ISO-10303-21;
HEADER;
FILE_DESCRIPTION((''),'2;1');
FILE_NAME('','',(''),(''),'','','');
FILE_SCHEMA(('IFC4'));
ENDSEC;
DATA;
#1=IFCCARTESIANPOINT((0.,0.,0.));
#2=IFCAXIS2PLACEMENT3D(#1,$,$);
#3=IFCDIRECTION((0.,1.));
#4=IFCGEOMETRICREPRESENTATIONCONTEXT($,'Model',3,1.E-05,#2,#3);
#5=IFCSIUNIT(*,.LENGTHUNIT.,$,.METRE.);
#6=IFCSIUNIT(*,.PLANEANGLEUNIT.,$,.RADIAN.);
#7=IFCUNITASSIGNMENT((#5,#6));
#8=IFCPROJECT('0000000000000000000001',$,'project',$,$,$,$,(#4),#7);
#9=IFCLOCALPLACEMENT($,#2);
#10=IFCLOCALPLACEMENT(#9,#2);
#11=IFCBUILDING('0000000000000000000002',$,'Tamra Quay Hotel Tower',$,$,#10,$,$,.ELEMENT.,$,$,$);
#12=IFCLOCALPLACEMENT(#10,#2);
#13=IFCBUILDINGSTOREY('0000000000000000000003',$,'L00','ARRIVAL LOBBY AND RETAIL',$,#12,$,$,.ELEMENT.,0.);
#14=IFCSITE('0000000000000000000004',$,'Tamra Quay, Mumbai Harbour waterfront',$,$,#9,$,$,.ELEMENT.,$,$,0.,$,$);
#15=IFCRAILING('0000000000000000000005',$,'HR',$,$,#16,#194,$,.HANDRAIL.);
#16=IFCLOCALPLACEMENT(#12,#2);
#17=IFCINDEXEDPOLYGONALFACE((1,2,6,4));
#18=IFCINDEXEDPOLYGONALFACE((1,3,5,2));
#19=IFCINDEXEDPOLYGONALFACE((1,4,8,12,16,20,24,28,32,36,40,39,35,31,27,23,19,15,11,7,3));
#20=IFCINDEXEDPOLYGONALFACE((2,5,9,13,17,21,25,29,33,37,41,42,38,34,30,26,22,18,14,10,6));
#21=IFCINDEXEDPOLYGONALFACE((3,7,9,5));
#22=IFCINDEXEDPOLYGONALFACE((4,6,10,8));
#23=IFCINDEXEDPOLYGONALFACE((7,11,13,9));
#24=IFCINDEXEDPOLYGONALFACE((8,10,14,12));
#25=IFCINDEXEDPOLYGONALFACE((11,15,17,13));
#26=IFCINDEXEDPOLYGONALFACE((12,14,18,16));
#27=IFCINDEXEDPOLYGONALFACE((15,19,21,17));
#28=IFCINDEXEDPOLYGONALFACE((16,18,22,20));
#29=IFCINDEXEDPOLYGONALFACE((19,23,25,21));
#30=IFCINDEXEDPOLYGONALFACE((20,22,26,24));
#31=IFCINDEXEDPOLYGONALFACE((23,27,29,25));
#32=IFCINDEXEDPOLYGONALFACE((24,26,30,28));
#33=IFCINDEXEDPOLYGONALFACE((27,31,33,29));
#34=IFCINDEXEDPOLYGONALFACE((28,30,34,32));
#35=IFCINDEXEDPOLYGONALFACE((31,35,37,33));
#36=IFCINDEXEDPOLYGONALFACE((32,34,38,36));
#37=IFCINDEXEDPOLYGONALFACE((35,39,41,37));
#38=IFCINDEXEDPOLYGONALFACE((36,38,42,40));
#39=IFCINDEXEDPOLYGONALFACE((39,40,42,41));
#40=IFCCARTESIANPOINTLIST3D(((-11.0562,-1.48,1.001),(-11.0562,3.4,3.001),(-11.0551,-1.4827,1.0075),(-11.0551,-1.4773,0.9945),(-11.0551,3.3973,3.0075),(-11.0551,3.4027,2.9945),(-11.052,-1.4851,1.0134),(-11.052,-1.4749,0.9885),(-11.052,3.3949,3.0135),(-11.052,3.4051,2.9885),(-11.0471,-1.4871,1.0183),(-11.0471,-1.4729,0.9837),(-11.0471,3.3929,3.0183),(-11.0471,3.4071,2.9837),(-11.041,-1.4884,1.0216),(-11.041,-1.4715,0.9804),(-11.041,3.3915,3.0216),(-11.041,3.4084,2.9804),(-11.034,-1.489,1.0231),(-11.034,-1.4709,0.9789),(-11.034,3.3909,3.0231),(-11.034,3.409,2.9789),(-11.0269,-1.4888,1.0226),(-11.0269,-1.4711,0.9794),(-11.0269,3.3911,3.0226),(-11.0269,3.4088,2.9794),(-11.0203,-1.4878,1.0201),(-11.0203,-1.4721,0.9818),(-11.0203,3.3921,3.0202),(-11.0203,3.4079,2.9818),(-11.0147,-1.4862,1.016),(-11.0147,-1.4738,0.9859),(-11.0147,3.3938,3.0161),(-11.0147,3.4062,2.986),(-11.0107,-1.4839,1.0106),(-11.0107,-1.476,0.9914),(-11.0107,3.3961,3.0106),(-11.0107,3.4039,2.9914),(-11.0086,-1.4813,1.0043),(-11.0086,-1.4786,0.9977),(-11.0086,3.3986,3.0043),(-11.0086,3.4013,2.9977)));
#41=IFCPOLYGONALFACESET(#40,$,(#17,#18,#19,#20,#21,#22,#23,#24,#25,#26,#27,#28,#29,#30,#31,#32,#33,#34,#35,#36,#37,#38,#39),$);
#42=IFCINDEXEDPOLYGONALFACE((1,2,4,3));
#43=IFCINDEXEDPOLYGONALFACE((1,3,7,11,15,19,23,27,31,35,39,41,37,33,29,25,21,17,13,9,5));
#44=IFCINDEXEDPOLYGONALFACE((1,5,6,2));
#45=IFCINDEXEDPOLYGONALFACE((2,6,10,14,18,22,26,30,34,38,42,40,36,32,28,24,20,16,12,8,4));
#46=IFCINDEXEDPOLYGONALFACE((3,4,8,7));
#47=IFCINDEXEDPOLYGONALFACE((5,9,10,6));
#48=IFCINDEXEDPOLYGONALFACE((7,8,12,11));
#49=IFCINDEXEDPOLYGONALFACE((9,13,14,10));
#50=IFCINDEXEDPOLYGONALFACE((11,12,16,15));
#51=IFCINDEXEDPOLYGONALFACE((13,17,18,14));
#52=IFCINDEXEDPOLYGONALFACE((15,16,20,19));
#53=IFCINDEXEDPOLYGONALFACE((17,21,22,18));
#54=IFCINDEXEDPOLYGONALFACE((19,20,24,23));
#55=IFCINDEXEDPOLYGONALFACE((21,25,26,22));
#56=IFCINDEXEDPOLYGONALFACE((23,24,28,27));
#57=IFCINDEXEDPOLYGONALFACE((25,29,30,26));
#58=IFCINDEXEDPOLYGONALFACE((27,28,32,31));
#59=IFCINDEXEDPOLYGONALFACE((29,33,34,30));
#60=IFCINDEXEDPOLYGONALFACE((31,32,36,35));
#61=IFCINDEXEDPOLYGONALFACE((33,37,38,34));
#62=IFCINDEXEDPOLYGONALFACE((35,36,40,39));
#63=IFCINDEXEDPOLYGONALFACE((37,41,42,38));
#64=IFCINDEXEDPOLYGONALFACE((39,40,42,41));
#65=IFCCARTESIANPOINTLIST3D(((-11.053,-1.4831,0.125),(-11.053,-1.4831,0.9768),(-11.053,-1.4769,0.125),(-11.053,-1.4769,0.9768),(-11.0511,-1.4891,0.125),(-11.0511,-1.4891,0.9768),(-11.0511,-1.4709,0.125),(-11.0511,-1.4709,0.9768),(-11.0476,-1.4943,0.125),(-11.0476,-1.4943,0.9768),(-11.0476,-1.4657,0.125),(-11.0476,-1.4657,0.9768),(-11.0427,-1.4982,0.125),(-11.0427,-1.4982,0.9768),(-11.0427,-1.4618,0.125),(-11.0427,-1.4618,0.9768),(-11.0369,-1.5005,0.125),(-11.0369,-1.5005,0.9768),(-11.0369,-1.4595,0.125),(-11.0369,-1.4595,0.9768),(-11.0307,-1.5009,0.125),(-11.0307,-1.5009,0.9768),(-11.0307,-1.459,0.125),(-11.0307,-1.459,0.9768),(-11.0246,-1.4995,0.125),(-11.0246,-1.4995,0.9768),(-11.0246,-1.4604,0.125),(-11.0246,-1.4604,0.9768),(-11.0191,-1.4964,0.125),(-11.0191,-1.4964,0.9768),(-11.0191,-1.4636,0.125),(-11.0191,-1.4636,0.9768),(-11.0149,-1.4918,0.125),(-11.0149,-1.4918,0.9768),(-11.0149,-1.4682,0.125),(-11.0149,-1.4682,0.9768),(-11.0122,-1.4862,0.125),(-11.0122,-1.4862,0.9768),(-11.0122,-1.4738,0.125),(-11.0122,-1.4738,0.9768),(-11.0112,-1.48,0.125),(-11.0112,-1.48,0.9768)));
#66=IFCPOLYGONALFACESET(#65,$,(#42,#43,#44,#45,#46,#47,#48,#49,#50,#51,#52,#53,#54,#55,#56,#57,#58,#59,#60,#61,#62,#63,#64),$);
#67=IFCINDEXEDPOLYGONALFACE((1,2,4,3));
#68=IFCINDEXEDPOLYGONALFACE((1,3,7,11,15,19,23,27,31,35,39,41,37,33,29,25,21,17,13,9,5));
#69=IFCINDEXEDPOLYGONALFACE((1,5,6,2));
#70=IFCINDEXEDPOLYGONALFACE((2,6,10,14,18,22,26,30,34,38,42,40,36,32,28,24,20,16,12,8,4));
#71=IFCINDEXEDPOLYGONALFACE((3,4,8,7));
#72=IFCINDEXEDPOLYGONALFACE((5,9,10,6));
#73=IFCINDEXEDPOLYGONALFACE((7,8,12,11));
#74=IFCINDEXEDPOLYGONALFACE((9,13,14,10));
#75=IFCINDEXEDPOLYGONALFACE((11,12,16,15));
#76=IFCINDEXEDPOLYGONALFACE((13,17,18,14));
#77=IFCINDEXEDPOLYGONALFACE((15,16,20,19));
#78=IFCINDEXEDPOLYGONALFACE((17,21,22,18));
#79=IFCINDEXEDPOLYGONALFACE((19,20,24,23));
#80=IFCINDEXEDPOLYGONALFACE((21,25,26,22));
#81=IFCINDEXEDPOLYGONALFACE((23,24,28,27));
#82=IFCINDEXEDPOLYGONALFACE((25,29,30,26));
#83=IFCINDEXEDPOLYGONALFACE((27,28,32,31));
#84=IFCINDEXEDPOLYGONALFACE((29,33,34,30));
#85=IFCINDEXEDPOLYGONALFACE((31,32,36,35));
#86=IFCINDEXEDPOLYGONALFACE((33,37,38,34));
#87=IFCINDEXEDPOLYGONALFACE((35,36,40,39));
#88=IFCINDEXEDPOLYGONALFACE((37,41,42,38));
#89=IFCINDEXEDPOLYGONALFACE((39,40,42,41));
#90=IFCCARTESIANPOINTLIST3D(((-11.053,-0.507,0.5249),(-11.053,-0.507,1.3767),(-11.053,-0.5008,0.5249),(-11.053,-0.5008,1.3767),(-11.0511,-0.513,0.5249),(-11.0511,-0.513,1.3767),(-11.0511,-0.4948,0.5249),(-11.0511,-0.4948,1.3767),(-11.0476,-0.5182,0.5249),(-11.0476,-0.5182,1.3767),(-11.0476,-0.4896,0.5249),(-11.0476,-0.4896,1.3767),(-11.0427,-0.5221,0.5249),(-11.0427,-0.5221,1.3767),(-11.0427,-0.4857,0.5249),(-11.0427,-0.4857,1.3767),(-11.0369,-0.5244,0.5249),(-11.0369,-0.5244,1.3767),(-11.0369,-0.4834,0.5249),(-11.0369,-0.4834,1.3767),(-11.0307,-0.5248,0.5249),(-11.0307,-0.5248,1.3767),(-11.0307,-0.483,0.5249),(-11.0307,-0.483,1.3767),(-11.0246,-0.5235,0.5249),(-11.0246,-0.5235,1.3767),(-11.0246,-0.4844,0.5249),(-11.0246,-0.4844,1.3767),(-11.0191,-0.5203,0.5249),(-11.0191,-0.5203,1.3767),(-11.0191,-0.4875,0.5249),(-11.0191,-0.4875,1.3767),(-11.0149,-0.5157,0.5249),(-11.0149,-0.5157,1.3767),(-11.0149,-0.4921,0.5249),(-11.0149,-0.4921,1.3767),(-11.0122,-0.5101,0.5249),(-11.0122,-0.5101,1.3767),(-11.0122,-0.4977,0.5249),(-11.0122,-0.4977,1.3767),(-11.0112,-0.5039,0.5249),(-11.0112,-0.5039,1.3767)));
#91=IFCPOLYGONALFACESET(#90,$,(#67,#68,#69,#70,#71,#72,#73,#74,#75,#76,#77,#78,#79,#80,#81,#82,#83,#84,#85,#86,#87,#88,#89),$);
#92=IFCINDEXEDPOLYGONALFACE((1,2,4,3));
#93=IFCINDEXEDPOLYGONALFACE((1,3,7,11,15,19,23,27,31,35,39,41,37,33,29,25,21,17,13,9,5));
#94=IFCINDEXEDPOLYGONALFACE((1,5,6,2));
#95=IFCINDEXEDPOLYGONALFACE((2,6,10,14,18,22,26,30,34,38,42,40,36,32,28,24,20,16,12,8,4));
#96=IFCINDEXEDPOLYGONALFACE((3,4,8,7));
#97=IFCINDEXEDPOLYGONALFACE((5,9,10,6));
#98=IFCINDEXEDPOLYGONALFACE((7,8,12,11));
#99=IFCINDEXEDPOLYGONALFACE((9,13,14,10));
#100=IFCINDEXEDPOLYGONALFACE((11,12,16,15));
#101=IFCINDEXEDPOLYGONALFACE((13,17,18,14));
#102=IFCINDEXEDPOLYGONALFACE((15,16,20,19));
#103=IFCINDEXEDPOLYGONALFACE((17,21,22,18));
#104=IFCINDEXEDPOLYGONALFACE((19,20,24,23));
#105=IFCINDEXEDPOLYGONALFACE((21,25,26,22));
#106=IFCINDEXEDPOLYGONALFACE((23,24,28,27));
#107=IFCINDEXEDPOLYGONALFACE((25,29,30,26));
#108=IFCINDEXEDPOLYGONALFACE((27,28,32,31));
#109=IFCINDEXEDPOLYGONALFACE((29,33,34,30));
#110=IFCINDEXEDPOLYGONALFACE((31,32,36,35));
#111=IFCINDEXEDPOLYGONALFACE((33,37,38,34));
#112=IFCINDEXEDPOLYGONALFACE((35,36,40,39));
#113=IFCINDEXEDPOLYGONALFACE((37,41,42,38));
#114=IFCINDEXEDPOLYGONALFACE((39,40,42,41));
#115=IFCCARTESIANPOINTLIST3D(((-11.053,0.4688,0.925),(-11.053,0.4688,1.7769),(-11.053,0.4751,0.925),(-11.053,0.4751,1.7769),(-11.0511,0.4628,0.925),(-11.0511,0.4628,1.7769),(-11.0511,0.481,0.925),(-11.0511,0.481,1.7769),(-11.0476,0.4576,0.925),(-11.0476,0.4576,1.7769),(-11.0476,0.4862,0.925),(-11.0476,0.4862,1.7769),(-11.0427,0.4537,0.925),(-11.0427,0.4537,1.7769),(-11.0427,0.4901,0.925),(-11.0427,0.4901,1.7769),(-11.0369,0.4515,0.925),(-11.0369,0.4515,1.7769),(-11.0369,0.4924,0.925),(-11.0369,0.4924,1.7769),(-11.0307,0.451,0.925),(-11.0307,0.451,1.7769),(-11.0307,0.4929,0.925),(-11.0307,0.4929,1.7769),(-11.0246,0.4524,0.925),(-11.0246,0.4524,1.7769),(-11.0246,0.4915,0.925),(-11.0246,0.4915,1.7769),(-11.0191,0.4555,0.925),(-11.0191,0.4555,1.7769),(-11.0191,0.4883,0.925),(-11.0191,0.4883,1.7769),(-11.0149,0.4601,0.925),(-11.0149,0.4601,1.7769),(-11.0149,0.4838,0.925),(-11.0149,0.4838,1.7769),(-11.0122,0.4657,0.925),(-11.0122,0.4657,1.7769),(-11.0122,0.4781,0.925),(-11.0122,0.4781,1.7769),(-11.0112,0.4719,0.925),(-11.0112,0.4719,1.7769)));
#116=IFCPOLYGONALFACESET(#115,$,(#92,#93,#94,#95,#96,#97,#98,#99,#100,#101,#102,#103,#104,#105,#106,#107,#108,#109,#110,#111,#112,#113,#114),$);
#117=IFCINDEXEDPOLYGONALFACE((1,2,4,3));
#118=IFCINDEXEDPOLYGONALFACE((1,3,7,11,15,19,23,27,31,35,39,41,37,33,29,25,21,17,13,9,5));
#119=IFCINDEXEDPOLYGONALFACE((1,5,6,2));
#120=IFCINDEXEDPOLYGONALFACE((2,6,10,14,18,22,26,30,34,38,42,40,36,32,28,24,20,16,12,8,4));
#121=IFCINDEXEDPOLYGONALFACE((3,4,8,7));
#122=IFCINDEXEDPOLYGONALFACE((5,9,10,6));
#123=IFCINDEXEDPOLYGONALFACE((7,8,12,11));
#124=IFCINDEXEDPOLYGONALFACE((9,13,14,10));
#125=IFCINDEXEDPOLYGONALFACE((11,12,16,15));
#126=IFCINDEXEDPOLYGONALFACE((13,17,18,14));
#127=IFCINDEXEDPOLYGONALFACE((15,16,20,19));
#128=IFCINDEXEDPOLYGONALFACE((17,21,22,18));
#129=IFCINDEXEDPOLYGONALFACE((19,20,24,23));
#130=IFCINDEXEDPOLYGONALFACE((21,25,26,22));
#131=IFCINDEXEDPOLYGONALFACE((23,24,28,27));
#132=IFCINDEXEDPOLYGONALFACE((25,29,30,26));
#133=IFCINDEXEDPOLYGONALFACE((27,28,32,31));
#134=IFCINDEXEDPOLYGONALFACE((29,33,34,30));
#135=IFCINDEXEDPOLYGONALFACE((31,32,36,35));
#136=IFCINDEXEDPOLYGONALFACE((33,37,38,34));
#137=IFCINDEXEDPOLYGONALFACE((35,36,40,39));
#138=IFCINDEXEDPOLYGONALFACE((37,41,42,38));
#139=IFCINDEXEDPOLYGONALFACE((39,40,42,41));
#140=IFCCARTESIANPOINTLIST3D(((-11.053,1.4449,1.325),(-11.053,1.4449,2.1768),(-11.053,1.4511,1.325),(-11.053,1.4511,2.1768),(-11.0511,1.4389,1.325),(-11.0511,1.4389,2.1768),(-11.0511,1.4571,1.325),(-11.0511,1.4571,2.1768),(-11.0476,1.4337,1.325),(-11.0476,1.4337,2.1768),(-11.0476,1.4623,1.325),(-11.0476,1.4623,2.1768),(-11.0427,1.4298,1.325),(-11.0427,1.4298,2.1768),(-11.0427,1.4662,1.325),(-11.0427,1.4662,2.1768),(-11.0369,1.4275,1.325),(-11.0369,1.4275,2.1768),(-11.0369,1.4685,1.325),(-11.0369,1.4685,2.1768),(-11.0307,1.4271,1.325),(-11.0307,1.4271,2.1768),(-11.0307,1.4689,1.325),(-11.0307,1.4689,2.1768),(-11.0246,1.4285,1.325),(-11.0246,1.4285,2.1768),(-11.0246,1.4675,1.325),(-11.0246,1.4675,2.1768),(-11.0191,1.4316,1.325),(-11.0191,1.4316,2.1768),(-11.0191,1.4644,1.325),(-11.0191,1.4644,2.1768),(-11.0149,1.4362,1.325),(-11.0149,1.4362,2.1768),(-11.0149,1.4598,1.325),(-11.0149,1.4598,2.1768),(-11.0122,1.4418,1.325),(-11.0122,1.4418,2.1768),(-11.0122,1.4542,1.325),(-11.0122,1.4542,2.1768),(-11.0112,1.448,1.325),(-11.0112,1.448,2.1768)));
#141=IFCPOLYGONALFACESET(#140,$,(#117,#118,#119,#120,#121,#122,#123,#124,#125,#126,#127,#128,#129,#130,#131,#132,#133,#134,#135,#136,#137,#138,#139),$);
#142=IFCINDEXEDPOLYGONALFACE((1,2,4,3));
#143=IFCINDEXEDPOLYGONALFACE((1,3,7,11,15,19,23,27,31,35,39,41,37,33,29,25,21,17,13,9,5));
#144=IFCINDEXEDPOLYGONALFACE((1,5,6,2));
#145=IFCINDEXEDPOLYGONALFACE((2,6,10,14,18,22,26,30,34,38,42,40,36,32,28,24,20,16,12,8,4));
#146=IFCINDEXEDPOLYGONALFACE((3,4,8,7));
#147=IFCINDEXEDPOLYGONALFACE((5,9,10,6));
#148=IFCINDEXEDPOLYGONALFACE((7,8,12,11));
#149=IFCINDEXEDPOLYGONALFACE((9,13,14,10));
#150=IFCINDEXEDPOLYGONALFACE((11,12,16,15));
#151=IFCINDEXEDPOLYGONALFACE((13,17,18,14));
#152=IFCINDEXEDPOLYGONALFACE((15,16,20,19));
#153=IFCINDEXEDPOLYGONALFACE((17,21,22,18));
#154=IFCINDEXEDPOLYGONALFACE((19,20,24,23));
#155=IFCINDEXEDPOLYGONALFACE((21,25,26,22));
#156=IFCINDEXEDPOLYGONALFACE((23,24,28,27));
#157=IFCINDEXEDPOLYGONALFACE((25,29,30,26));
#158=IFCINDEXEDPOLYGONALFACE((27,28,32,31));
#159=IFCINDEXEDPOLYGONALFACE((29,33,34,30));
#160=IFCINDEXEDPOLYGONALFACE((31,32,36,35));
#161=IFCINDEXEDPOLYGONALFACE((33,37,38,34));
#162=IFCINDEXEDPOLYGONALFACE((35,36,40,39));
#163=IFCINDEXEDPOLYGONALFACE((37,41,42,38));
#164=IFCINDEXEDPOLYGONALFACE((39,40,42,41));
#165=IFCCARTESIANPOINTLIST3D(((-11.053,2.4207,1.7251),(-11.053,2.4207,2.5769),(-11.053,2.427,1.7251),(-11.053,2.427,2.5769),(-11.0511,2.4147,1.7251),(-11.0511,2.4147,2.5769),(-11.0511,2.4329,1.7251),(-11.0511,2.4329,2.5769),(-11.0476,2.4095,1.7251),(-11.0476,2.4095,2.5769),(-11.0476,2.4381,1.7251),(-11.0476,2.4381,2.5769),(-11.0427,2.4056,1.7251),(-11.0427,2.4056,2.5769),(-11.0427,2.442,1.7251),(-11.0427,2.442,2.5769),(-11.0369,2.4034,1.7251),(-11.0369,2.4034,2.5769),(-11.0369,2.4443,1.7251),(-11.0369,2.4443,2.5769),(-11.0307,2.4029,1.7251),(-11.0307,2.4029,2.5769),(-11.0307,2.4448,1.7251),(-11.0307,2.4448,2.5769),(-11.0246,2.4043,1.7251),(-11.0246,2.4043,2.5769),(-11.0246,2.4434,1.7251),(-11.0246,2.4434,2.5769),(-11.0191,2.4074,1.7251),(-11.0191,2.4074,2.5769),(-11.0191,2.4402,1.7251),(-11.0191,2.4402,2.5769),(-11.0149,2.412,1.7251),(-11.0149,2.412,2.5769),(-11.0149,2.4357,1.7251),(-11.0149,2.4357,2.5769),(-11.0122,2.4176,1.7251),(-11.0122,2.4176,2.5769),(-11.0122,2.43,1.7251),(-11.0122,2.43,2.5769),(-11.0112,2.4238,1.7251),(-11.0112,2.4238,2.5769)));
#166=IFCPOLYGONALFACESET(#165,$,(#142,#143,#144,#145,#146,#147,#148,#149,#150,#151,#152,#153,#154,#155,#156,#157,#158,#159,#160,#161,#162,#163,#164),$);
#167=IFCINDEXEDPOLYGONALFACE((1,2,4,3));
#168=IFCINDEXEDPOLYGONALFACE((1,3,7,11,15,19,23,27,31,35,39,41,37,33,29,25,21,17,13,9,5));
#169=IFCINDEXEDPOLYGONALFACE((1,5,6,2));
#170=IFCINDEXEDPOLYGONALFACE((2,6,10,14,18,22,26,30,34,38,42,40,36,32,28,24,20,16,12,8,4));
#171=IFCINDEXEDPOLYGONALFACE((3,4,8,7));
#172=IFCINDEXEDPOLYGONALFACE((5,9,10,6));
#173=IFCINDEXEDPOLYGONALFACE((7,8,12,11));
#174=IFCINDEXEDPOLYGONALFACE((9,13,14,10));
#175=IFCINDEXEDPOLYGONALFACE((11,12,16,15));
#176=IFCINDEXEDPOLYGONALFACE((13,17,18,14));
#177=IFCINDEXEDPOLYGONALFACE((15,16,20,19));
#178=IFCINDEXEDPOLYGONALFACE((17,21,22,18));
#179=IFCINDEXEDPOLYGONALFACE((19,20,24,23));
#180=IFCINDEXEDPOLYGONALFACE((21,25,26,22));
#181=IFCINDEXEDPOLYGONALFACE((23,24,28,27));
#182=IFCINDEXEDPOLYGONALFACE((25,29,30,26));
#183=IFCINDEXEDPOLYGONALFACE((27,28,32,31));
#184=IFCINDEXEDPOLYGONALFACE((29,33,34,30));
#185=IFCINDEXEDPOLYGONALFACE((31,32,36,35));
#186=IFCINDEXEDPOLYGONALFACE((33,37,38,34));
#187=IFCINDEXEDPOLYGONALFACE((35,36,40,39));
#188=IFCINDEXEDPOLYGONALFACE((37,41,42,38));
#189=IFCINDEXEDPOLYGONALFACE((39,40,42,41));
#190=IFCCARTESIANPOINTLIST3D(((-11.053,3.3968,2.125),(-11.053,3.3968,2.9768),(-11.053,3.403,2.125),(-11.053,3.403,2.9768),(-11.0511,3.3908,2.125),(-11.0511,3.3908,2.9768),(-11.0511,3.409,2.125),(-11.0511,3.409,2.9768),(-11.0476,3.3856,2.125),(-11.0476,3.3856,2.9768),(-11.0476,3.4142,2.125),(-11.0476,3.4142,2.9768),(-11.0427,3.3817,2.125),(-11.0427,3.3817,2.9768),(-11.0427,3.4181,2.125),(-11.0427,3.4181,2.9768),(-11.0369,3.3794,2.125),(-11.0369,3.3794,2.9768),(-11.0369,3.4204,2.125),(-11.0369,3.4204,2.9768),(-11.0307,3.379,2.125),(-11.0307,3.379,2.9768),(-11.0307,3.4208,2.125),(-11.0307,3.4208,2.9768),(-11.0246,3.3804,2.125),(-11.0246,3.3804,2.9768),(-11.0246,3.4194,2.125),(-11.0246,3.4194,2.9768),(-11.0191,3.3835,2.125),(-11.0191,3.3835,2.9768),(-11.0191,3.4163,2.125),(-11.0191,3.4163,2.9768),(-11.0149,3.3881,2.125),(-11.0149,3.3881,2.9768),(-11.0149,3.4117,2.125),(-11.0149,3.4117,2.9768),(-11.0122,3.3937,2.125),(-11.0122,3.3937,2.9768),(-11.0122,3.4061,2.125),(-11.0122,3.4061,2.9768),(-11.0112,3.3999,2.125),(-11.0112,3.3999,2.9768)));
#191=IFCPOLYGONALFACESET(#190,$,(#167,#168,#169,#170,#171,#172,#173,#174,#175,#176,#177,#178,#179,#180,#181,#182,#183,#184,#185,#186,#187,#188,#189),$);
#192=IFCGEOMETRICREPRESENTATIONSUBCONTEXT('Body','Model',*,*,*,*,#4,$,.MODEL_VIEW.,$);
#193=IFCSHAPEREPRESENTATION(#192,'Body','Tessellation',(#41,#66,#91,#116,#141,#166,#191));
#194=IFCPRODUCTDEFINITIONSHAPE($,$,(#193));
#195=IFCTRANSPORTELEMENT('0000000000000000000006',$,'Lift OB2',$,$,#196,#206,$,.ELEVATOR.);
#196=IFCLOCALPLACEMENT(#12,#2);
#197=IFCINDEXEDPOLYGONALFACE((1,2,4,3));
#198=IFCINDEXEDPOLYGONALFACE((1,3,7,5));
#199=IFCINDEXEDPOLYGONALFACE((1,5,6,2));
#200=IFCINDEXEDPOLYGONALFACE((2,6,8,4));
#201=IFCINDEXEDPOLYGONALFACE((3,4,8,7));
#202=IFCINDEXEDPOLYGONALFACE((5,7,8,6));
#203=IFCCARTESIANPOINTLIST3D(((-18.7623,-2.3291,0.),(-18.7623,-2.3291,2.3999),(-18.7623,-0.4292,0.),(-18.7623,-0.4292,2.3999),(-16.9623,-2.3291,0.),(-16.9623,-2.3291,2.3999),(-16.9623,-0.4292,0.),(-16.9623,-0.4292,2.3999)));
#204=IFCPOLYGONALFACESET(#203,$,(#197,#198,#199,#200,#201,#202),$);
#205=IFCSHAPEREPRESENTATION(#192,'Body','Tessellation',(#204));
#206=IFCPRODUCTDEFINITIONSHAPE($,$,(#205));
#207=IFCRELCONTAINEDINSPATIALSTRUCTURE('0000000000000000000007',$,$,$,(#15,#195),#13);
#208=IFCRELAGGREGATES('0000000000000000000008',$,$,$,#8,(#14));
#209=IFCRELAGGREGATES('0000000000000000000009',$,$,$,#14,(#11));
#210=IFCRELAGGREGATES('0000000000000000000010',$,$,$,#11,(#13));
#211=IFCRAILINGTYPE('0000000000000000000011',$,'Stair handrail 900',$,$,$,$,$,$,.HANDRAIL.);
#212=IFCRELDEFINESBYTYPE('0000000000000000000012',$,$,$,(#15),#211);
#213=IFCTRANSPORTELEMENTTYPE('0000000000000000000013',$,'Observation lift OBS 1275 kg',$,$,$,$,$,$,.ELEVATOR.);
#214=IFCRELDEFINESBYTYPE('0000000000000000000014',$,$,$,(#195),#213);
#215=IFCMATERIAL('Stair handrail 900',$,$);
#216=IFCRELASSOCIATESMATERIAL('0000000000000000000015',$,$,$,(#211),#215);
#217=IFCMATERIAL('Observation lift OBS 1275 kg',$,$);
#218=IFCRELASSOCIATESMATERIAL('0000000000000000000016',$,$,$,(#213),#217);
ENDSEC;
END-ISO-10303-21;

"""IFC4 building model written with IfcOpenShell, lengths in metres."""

from ifc_helpers import new_model, si_unit, direction, frame, origin, origin_2d, place, context, subcontext, project, spatial, rectangle, circle, extrude, material, type_object, element, save


model = new_model("IFC4")

# Units and contexts
model_context = context("Model", 3, precision=1e-05, world=origin(), true_north=direction((0.0, 1.0)))
body_context = subcontext(model_context, "Body", "Model", "MODEL_VIEW")
ifc_project = project(units=[si_unit("LENGTHUNIT", "METRE"), si_unit("PLANEANGLEUNIT", "RADIAN")], contexts=[model_context])

# Site, building, storey
site_placement = place(None, origin())
site = spatial("IfcSite", under=ifc_project, at=site_placement, Name="Tamra Quay, Mumbai Harbour waterfront", CompositionType="ELEMENT", RefElevation=0.0)
building_placement = place(site_placement, origin())
building = spatial("IfcBuilding", under=site, at=building_placement, Name="Tamra Quay Hotel Tower", CompositionType="ELEMENT")
storey_placement = place(building_placement, origin())
storey = spatial("IfcBuildingStorey", under=building, at=storey_placement, Name="L00", Description="ARRIVAL LOBBY AND RETAIL", CompositionType="ELEMENT", Elevation=0.0)

# Railing
ifc_material_1 = material(Name="Stair handrail 900")
railing_type_1 = type_object("IfcRailingType", Name="Stair handrail 900", PredefinedType="HANDRAIL", material=ifc_material_1)
railing_1_placement = place(storey_placement, frame((-11.0322, -1.48, 0.125)))
element("IfcRailing", 1, at=railing_1_placement, inside=storey, type_object=railing_type_1, Name="HR", PredefinedType="HANDRAIL", context=body_context, shape_type="SweptSolid", body=[
    extrude(circle(Radius=0.0239, at=origin_2d()), frame((0.0, 0.0, 0.876), z_axis=(0.0, 0.925302, 0.379231), x_axis=(-1.0, 0.0, 0.0)), (0.0, 0.0, 1.0), 5.2739),
    extrude(circle(Radius=0.021, at=origin_2d()), origin(), (0.0, 0.0, 1.0), 0.8518),
    extrude(circle(Radius=0.021, at=origin_2d()), frame((0.0, 0.9761, 0.3999)), (0.0, 0.0, 1.0), 0.8518),
    extrude(circle(Radius=0.021, at=origin_2d()), frame((0.0, 1.9519, 0.8)), (0.0, 0.0, 1.0), 0.8518),
    extrude(circle(Radius=0.021, at=origin_2d()), frame((0.0, 2.928, 1.2)), (0.0, 0.0, 1.0), 0.8518),
    extrude(circle(Radius=0.021, at=origin_2d()), frame((0.0, 3.9038, 1.6001)), (0.0, 0.0, 1.0), 0.8518),
    extrude(circle(Radius=0.021, at=origin_2d()), frame((0.0, 4.8799, 2.0)), (0.0, 0.0, 1.0), 0.8518),
])

# Transport element
ifc_material_2 = material(Name="Observation lift OBS 1275 kg")
transport_element_type_1 = type_object("IfcTransportElementType", Name="Observation lift OBS 1275 kg", PredefinedType="ELEVATOR", material=ifc_material_2)
transport_element_1_placement = place(storey_placement, frame((-17.8623, -1.3792, 0.0), z_axis=(0.0, 0.0, 1.0), x_axis=(0.0, -1.0, 0.0)))
element("IfcTransportElement", 2, at=transport_element_1_placement, inside=storey, type_object=transport_element_type_1, Name="Lift OB2", PredefinedType="ELEVATOR", context=body_context, shape_type="SweptSolid", body=[
    extrude(rectangle(XDim=1.8999, YDim=1.8, at=origin_2d()), origin(), (0.0, 0.0, 1.0), 2.3999),
])

save(model, "model.ifc")
